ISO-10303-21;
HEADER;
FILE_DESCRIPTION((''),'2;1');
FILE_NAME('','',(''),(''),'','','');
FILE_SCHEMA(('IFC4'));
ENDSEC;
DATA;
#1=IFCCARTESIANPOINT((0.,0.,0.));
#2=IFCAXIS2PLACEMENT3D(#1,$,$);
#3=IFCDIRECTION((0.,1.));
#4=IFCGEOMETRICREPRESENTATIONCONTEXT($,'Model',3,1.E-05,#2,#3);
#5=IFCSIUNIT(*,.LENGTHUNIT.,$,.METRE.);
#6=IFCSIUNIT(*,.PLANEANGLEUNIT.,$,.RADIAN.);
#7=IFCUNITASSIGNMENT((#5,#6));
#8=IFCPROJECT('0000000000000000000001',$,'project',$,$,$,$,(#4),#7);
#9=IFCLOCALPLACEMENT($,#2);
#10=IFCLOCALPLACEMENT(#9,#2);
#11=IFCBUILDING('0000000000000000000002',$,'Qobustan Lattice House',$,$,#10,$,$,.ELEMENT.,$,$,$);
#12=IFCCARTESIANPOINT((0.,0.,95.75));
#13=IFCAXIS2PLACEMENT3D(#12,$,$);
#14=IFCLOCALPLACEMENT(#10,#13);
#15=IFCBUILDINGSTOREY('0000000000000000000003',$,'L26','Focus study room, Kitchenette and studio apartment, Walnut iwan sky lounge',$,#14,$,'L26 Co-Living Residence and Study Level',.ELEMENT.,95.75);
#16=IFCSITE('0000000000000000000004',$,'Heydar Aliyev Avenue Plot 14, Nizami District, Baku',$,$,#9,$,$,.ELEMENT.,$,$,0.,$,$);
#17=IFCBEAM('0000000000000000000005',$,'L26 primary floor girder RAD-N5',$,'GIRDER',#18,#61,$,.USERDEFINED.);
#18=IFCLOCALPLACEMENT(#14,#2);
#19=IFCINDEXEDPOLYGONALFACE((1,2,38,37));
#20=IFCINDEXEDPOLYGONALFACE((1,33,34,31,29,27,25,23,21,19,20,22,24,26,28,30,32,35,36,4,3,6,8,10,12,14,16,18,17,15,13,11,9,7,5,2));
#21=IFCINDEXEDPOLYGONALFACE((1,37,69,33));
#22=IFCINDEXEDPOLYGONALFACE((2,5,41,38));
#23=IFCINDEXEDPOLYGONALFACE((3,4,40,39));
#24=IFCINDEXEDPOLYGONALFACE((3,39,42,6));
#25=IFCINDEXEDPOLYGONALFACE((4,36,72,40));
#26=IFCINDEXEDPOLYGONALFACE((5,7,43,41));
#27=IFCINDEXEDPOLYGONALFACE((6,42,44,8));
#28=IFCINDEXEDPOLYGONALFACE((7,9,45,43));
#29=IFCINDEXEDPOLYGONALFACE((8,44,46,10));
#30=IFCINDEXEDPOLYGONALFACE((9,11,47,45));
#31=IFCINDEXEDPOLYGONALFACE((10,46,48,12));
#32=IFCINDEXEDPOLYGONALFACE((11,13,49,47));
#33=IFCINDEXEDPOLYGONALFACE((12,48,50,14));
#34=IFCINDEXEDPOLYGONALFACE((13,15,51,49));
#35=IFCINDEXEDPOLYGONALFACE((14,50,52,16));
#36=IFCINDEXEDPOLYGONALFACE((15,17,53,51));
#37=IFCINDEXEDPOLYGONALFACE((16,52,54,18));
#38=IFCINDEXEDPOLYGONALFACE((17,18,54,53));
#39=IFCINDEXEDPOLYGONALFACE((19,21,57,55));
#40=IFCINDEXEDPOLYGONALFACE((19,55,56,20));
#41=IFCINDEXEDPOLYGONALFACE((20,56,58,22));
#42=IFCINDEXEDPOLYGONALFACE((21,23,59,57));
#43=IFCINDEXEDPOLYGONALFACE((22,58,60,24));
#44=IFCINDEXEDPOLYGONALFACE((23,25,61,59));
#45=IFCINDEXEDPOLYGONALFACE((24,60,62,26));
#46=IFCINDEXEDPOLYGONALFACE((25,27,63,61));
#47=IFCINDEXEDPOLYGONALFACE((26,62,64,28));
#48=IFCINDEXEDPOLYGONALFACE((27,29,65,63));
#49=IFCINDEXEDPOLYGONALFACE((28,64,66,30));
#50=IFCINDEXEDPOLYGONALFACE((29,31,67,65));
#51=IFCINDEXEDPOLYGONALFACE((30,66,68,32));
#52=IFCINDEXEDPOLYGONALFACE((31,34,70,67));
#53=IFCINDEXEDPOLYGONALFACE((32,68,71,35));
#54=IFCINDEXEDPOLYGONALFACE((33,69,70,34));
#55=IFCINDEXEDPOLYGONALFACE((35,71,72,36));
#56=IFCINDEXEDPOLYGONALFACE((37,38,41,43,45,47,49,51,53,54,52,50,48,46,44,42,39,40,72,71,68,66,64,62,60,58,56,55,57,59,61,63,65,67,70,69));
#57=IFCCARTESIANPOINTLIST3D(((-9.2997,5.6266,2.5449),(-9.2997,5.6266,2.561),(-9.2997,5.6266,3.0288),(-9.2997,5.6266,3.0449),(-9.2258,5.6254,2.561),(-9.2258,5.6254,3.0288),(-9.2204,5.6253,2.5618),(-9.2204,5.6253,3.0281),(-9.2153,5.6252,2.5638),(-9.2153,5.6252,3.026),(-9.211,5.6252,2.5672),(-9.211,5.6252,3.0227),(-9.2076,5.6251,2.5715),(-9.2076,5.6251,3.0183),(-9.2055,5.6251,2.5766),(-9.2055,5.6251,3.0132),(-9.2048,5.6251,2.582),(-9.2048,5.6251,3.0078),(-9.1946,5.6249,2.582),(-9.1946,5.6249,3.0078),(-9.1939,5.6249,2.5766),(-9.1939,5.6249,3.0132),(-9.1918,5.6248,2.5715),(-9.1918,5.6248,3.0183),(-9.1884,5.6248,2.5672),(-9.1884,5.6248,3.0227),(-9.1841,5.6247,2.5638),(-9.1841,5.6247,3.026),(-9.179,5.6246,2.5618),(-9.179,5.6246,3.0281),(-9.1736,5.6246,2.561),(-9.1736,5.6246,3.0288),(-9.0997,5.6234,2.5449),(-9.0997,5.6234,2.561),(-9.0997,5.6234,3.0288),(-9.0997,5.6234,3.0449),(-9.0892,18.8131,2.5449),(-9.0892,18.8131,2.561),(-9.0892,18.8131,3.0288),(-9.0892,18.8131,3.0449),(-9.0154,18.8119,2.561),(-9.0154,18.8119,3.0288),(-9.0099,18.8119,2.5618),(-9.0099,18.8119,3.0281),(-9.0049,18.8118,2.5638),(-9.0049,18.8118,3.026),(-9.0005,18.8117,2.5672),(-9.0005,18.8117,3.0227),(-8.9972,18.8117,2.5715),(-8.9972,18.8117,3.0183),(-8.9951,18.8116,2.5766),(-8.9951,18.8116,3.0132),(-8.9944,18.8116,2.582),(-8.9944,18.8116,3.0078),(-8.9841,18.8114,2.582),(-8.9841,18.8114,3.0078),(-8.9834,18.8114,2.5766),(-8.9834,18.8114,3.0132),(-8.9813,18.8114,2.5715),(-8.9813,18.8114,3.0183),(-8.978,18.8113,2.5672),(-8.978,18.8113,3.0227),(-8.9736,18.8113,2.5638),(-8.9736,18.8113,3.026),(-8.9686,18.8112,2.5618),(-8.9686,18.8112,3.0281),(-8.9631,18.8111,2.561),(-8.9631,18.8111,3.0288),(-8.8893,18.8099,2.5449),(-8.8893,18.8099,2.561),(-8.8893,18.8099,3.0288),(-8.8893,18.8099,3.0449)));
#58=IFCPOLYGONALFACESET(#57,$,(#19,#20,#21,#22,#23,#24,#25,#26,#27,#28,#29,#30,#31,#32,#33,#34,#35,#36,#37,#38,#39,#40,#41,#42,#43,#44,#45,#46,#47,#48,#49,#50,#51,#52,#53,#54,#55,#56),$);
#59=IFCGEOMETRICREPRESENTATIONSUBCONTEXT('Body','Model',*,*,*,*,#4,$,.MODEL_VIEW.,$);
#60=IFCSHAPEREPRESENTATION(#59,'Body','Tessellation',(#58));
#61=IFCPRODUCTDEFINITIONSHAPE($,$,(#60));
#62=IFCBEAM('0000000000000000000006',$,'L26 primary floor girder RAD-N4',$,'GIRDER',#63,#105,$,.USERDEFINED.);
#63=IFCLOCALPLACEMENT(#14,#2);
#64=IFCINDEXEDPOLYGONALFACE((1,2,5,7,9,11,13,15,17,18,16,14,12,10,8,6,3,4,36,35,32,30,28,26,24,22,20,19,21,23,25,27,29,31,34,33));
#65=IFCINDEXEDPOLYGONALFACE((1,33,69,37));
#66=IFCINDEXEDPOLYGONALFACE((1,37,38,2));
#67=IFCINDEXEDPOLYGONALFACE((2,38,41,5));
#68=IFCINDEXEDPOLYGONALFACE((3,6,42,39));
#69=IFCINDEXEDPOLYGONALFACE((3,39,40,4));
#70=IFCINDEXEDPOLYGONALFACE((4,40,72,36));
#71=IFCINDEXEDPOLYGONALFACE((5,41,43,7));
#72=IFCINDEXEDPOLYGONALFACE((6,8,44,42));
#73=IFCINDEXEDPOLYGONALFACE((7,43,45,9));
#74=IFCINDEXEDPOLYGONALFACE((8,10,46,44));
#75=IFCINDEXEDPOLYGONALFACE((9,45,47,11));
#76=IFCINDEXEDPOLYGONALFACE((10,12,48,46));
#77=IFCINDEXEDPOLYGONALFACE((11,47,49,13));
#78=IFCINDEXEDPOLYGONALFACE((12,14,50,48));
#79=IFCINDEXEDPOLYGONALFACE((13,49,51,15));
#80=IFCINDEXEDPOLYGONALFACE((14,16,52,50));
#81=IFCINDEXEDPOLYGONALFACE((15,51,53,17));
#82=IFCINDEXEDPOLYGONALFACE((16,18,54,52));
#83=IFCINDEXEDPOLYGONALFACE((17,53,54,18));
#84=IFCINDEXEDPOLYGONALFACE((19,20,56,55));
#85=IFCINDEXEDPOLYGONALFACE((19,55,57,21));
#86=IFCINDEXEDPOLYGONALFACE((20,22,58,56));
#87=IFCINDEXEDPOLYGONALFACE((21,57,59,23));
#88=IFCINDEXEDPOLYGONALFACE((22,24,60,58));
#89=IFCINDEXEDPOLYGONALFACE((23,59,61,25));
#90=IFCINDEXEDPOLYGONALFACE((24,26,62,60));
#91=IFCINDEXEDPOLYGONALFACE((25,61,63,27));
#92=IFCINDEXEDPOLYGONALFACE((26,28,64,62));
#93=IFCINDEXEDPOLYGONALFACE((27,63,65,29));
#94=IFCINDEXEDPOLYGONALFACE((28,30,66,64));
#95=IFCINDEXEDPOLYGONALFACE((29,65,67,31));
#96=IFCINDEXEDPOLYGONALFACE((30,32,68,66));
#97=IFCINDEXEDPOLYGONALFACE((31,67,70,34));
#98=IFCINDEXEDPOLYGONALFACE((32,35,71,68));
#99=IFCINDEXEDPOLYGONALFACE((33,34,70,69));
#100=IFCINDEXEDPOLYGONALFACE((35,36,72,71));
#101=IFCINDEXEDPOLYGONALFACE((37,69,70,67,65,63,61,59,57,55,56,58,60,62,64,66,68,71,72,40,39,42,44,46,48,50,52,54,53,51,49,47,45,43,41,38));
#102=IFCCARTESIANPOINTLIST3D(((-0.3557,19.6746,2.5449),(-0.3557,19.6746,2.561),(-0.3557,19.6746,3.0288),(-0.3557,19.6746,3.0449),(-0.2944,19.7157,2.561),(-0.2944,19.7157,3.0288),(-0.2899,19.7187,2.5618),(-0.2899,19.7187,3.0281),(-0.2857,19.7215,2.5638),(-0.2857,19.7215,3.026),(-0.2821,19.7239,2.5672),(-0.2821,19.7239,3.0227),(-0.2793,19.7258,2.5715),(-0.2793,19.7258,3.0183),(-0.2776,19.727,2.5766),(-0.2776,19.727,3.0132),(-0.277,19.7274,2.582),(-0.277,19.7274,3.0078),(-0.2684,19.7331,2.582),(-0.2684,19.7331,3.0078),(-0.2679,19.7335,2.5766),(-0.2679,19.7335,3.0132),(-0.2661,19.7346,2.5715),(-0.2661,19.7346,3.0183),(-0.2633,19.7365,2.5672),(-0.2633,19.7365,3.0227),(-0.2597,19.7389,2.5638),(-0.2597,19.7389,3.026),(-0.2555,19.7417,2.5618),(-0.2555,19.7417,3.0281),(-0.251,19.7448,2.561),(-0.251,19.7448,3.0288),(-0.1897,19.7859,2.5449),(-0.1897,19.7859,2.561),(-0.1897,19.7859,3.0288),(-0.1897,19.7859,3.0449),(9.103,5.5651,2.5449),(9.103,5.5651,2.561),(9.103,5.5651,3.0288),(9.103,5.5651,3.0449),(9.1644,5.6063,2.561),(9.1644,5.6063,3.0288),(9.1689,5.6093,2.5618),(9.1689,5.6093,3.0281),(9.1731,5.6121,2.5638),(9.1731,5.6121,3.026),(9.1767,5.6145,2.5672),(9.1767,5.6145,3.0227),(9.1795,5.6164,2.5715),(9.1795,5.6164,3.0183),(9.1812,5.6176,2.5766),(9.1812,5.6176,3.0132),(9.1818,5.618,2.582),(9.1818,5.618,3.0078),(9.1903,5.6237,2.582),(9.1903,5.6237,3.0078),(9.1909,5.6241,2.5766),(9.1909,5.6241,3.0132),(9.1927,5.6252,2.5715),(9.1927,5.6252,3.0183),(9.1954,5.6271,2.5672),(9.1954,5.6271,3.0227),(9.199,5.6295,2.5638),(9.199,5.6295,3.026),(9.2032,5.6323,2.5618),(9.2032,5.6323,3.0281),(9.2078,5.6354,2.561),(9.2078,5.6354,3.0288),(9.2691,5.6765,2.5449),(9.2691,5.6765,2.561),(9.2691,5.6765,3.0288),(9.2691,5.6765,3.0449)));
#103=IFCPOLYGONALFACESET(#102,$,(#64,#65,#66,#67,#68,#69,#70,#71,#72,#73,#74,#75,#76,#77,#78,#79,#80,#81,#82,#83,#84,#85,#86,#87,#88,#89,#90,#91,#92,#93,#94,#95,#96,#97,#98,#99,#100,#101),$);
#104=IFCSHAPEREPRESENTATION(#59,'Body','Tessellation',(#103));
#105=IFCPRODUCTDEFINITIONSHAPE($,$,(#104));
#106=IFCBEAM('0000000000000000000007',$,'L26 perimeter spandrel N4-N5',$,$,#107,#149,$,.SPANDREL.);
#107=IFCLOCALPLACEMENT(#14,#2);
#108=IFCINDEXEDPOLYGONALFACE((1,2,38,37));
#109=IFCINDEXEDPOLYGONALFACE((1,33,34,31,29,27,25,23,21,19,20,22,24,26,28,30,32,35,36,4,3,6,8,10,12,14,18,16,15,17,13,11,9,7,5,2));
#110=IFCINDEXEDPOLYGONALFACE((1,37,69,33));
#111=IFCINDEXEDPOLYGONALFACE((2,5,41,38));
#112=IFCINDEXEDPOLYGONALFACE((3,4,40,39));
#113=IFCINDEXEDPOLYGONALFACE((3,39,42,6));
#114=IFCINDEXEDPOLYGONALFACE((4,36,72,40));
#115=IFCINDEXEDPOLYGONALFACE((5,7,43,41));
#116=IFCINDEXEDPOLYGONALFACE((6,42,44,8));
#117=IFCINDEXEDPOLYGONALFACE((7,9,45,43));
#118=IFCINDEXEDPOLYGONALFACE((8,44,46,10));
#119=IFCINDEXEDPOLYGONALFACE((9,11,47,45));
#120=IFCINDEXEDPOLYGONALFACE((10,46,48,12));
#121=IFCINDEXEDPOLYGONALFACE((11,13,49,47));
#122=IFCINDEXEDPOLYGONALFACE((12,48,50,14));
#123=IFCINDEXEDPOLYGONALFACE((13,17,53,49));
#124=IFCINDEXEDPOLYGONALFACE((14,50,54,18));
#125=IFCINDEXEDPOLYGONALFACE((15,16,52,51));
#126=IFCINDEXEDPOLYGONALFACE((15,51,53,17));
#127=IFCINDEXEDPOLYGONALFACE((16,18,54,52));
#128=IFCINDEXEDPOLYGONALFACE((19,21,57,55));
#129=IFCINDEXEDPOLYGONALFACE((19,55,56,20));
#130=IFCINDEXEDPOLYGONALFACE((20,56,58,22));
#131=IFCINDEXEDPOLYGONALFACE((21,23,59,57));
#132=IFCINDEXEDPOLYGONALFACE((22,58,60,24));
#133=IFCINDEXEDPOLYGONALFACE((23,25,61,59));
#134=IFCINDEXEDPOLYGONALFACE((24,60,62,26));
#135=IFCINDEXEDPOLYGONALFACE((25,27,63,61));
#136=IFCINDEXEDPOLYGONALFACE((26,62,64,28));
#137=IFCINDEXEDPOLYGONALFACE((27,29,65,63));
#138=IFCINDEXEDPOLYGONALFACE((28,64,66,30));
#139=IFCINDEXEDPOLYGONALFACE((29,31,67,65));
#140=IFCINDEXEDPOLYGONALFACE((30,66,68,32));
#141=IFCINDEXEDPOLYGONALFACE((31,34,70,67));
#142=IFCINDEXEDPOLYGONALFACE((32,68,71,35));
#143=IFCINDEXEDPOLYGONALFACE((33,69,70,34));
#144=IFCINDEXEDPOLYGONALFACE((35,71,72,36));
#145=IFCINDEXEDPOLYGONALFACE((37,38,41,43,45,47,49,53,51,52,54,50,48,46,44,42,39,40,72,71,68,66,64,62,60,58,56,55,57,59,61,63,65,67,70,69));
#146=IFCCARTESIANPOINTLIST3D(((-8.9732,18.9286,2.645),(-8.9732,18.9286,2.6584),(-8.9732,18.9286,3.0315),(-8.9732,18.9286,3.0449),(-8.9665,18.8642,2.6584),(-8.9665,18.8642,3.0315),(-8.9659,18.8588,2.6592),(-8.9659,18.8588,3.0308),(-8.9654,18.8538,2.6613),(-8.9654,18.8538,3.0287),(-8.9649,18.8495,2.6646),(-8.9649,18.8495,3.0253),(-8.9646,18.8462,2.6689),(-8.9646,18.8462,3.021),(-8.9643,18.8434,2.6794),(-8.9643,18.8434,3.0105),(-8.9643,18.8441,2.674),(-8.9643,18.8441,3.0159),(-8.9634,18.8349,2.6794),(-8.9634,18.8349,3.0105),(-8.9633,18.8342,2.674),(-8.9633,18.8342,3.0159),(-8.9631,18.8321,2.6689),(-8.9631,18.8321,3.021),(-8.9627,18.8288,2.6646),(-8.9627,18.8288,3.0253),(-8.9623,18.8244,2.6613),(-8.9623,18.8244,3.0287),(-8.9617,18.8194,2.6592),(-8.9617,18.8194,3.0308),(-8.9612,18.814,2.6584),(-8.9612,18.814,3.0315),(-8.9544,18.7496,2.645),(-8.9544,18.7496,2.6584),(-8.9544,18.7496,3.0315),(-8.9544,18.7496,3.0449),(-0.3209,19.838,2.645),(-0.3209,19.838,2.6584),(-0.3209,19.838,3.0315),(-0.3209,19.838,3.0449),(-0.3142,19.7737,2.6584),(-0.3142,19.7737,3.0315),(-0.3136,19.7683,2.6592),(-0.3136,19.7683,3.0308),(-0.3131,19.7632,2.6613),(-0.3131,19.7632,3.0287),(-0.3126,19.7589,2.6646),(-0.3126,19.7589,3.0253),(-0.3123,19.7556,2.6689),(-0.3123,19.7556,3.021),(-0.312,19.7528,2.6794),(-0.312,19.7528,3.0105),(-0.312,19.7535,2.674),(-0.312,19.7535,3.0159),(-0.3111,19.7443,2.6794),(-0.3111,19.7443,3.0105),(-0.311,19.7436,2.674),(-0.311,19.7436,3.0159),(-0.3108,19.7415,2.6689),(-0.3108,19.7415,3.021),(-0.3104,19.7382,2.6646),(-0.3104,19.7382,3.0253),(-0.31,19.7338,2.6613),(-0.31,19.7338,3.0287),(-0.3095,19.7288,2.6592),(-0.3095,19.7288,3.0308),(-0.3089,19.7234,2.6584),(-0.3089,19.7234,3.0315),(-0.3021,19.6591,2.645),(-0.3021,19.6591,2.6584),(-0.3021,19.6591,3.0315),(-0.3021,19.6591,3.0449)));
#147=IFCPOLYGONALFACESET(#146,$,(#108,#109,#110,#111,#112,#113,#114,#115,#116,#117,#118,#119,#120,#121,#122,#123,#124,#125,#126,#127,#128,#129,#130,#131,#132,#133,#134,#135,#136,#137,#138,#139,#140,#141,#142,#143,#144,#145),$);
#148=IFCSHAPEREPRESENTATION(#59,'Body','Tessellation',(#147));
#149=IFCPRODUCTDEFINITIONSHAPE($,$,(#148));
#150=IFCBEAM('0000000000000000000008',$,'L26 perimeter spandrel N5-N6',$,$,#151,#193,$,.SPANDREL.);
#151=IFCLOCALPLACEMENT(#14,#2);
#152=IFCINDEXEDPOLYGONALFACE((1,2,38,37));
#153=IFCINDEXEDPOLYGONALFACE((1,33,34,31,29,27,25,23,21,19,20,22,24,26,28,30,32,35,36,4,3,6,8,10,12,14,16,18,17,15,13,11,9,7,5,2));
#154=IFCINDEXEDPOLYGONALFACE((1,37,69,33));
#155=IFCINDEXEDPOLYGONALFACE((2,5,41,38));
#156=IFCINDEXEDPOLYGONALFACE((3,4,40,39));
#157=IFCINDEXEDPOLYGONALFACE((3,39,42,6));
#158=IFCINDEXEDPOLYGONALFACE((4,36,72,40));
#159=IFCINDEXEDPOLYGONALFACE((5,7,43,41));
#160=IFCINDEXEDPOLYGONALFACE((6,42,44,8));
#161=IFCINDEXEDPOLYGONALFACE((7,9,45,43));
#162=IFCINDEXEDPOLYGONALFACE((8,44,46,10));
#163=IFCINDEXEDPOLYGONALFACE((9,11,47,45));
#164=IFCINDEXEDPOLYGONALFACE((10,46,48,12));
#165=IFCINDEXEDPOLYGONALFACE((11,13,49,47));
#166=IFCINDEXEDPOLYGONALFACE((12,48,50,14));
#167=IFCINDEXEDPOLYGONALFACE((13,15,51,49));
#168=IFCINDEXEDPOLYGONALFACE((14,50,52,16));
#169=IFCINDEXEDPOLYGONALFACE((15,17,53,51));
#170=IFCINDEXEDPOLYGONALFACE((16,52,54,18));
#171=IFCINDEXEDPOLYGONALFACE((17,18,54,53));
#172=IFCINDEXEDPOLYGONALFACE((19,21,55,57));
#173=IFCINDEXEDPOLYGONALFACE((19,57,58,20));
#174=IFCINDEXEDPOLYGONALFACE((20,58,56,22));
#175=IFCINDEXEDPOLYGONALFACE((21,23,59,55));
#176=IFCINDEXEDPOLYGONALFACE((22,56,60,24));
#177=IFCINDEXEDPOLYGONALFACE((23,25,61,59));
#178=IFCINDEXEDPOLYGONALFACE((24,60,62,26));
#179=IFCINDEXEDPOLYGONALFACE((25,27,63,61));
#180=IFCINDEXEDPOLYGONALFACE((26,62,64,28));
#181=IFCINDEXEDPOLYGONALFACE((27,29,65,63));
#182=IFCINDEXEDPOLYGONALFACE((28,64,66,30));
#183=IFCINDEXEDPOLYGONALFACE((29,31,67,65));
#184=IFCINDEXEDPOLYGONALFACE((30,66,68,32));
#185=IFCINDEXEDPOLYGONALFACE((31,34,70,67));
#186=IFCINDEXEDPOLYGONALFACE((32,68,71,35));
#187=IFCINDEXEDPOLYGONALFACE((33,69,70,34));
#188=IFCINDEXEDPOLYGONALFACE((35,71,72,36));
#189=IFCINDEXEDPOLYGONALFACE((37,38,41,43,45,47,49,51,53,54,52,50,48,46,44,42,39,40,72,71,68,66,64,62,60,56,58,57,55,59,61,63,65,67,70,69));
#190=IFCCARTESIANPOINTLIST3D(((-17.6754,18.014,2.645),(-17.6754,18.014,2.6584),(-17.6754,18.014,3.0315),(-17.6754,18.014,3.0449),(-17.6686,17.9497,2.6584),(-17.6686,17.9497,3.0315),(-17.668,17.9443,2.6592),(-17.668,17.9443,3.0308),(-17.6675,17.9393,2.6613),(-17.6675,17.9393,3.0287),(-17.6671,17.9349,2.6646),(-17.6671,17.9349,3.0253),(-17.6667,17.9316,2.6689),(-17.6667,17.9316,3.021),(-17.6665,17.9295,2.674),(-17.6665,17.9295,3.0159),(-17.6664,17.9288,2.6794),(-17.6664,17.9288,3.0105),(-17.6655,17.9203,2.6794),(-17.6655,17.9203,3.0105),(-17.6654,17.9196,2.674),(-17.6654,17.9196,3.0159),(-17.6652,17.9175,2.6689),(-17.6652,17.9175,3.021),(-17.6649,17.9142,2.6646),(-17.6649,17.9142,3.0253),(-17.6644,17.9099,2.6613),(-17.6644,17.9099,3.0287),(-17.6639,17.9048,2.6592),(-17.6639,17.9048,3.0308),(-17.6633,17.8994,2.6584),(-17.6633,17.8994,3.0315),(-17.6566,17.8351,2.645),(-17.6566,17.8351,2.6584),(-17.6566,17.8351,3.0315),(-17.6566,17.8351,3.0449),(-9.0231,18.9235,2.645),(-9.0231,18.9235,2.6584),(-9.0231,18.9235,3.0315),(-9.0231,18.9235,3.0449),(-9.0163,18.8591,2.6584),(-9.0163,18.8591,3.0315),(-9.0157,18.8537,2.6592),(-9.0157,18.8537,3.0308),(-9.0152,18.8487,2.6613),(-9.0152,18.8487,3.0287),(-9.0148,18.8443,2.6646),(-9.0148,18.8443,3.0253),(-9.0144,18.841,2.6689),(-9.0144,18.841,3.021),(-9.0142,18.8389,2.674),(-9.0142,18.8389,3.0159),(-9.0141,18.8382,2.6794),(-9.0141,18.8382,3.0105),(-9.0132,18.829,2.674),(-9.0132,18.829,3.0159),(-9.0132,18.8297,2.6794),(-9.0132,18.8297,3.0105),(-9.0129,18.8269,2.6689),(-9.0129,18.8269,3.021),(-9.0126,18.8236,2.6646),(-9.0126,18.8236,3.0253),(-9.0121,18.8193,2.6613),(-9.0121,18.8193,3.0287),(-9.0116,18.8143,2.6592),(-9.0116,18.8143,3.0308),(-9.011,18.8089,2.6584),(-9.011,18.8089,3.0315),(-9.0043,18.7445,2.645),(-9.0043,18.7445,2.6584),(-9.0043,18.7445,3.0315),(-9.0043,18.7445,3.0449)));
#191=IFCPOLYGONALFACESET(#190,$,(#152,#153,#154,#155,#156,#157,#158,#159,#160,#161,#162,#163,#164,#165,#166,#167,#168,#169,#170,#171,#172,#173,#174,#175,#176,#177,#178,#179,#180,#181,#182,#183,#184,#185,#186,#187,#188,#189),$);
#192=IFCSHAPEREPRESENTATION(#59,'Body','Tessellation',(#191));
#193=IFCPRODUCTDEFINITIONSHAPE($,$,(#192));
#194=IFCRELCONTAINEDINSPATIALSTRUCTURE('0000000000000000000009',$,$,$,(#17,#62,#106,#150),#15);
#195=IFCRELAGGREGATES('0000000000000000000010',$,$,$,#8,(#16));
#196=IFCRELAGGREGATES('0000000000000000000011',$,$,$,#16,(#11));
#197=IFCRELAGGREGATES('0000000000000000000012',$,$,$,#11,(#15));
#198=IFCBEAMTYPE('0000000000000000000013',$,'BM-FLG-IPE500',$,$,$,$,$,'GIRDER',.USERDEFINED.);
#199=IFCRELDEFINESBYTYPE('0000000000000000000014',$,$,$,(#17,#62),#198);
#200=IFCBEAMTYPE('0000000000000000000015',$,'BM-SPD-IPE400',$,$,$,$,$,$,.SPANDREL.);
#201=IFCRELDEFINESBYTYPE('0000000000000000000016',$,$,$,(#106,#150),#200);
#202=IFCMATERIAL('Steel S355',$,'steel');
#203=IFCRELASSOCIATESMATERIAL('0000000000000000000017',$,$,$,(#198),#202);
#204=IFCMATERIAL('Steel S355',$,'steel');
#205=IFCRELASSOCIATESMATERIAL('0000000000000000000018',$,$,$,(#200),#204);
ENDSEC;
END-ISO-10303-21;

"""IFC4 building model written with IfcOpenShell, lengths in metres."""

from ifc_helpers import new_model, si_unit, direction, frame, origin, origin_2d, place, context, subcontext, project, spatial, i_section, extrude, material, material_profile, profile_set, type_object, element, save


model = new_model("IFC4")

# Units and contexts
model_context = context("Model", 3, precision=1e-05, world=origin(), true_north=direction((0.0, 1.0)))
body_context = subcontext(model_context, "Body", "Model", "MODEL_VIEW")
ifc_project = project(units=[si_unit("LENGTHUNIT", "METRE"), si_unit("PLANEANGLEUNIT", "RADIAN")], contexts=[model_context])

# Site, building, storey
site_placement = place(None, origin())
site = spatial("IfcSite", under=ifc_project, at=site_placement, Name="Heydar Aliyev Avenue Plot 14, Nizami District, Baku", CompositionType="ELEMENT", RefElevation=0.0)
building_placement = place(site_placement, origin())
building = spatial("IfcBuilding", under=site, at=building_placement, Name="Qobustan Lattice House", CompositionType="ELEMENT")
storey_placement = place(building_placement, frame((0.0, 0.0, 95.75)))
storey = spatial("IfcBuildingStorey", under=building, at=storey_placement, Name="L26", Description="Focus study room, Kitchenette and studio apartment, Walnut iwan sky lounge", LongName="L26 Co-Living Residence and Study Level", CompositionType="ELEMENT", Elevation=95.75)

# Beams
ifc_material_1 = material(Name="Steel S355", Category="steel")
ifc_material_profile_1 = material_profile(ifc_material_1, i_section(OverallWidth=0.2, OverallDepth=0.5, WebThickness=0.0103, FlangeThickness=0.0161, FilletRadius=0.021, at=origin_2d()), Name="IPE500")
ifc_profile_set_1 = profile_set([ifc_material_profile_1], Name="Steel S355")
beam_type_1 = type_object("IfcBeamType", Name="BM-FLG-IPE500", ElementType="GIRDER", PredefinedType="USERDEFINED", material=ifc_profile_set_1)
beam_1_placement = place(storey_placement, frame((-8.9893, 18.8115, 2.7949), z_axis=(-0.015957, -0.999873, 0.0), x_axis=(0.999873, -0.015957, 0.0)))
element("IfcBeam", 1, at=beam_1_placement, inside=storey, type_object=beam_type_1, Name="L26 primary floor girder RAD-N5", ObjectType="GIRDER", PredefinedType="USERDEFINED", context=body_context, shape_type="SweptSolid", body=[
    extrude(i_section(OverallWidth=0.2, OverallDepth=0.5, WebThickness=0.0103, FlangeThickness=0.0161, FilletRadius=0.021, at=origin_2d()), origin(), (0.0, 0.0, 1.0), 13.1882),
])
beam_2_placement = place(storey_placement, frame((-0.2727, 19.7302, 2.7949), z_axis=(0.556838, -0.830621, 0.0), x_axis=(0.830621, 0.556838, 0.0)))
element("IfcBeam", 2, at=beam_2_placement, inside=storey, type_object=beam_type_1, Name="L26 primary floor girder RAD-N4", ObjectType="GIRDER", PredefinedType="USERDEFINED", context=body_context, shape_type="SweptSolid", body=[
    extrude(i_section(OverallWidth=0.2, OverallDepth=0.5, WebThickness=0.0103, FlangeThickness=0.0161, FilletRadius=0.021, at=origin_2d()), origin(), (0.0, 0.0, 1.0), 16.9866),
])
ifc_material_2 = material(Name="Steel S355", Category="steel")
ifc_material_profile_2 = material_profile(ifc_material_2, i_section(OverallWidth=0.1799, OverallDepth=0.3999, WebThickness=0.0085, FlangeThickness=0.0134, FilletRadius=0.021, at=origin_2d()), Name="IPE400")
ifc_profile_set_2 = profile_set([ifc_material_profile_2], Name="Steel S355")
beam_type_2 = type_object("IfcBeamType", Name="BM-SPD-IPE400", PredefinedType="SPANDREL", material=ifc_profile_set_2)
for number, where, z_axis, x_axis, name in (
    (3, (-0.3115, 19.7485, 2.845), (-0.994522, -0.104531, 0.0), (0.104531, -0.994522, 0.0), "L26 perimeter spandrel N4-N5"),
    (4, (-9.0137, 18.834, 2.845), (-0.994522, -0.104531, 0.0), (0.104531, -0.994522, 0.0), "L26 perimeter spandrel N5-N6"),
):
    element("IfcBeam", number, at=place(storey_placement, frame(where, z_axis=z_axis, x_axis=x_axis)), inside=storey, type_object=beam_type_2, Name=name, PredefinedType="SPANDREL", context=body_context, shape_type="SweptSolid", body=[
        extrude(i_section(OverallWidth=0.1799, OverallDepth=0.3999, WebThickness=0.0085, FlangeThickness=0.0134, FilletRadius=0.021, at=origin_2d()), origin(), (0.0, 0.0, 1.0), 8.7),
    ])

save(model, "model.ifc")
